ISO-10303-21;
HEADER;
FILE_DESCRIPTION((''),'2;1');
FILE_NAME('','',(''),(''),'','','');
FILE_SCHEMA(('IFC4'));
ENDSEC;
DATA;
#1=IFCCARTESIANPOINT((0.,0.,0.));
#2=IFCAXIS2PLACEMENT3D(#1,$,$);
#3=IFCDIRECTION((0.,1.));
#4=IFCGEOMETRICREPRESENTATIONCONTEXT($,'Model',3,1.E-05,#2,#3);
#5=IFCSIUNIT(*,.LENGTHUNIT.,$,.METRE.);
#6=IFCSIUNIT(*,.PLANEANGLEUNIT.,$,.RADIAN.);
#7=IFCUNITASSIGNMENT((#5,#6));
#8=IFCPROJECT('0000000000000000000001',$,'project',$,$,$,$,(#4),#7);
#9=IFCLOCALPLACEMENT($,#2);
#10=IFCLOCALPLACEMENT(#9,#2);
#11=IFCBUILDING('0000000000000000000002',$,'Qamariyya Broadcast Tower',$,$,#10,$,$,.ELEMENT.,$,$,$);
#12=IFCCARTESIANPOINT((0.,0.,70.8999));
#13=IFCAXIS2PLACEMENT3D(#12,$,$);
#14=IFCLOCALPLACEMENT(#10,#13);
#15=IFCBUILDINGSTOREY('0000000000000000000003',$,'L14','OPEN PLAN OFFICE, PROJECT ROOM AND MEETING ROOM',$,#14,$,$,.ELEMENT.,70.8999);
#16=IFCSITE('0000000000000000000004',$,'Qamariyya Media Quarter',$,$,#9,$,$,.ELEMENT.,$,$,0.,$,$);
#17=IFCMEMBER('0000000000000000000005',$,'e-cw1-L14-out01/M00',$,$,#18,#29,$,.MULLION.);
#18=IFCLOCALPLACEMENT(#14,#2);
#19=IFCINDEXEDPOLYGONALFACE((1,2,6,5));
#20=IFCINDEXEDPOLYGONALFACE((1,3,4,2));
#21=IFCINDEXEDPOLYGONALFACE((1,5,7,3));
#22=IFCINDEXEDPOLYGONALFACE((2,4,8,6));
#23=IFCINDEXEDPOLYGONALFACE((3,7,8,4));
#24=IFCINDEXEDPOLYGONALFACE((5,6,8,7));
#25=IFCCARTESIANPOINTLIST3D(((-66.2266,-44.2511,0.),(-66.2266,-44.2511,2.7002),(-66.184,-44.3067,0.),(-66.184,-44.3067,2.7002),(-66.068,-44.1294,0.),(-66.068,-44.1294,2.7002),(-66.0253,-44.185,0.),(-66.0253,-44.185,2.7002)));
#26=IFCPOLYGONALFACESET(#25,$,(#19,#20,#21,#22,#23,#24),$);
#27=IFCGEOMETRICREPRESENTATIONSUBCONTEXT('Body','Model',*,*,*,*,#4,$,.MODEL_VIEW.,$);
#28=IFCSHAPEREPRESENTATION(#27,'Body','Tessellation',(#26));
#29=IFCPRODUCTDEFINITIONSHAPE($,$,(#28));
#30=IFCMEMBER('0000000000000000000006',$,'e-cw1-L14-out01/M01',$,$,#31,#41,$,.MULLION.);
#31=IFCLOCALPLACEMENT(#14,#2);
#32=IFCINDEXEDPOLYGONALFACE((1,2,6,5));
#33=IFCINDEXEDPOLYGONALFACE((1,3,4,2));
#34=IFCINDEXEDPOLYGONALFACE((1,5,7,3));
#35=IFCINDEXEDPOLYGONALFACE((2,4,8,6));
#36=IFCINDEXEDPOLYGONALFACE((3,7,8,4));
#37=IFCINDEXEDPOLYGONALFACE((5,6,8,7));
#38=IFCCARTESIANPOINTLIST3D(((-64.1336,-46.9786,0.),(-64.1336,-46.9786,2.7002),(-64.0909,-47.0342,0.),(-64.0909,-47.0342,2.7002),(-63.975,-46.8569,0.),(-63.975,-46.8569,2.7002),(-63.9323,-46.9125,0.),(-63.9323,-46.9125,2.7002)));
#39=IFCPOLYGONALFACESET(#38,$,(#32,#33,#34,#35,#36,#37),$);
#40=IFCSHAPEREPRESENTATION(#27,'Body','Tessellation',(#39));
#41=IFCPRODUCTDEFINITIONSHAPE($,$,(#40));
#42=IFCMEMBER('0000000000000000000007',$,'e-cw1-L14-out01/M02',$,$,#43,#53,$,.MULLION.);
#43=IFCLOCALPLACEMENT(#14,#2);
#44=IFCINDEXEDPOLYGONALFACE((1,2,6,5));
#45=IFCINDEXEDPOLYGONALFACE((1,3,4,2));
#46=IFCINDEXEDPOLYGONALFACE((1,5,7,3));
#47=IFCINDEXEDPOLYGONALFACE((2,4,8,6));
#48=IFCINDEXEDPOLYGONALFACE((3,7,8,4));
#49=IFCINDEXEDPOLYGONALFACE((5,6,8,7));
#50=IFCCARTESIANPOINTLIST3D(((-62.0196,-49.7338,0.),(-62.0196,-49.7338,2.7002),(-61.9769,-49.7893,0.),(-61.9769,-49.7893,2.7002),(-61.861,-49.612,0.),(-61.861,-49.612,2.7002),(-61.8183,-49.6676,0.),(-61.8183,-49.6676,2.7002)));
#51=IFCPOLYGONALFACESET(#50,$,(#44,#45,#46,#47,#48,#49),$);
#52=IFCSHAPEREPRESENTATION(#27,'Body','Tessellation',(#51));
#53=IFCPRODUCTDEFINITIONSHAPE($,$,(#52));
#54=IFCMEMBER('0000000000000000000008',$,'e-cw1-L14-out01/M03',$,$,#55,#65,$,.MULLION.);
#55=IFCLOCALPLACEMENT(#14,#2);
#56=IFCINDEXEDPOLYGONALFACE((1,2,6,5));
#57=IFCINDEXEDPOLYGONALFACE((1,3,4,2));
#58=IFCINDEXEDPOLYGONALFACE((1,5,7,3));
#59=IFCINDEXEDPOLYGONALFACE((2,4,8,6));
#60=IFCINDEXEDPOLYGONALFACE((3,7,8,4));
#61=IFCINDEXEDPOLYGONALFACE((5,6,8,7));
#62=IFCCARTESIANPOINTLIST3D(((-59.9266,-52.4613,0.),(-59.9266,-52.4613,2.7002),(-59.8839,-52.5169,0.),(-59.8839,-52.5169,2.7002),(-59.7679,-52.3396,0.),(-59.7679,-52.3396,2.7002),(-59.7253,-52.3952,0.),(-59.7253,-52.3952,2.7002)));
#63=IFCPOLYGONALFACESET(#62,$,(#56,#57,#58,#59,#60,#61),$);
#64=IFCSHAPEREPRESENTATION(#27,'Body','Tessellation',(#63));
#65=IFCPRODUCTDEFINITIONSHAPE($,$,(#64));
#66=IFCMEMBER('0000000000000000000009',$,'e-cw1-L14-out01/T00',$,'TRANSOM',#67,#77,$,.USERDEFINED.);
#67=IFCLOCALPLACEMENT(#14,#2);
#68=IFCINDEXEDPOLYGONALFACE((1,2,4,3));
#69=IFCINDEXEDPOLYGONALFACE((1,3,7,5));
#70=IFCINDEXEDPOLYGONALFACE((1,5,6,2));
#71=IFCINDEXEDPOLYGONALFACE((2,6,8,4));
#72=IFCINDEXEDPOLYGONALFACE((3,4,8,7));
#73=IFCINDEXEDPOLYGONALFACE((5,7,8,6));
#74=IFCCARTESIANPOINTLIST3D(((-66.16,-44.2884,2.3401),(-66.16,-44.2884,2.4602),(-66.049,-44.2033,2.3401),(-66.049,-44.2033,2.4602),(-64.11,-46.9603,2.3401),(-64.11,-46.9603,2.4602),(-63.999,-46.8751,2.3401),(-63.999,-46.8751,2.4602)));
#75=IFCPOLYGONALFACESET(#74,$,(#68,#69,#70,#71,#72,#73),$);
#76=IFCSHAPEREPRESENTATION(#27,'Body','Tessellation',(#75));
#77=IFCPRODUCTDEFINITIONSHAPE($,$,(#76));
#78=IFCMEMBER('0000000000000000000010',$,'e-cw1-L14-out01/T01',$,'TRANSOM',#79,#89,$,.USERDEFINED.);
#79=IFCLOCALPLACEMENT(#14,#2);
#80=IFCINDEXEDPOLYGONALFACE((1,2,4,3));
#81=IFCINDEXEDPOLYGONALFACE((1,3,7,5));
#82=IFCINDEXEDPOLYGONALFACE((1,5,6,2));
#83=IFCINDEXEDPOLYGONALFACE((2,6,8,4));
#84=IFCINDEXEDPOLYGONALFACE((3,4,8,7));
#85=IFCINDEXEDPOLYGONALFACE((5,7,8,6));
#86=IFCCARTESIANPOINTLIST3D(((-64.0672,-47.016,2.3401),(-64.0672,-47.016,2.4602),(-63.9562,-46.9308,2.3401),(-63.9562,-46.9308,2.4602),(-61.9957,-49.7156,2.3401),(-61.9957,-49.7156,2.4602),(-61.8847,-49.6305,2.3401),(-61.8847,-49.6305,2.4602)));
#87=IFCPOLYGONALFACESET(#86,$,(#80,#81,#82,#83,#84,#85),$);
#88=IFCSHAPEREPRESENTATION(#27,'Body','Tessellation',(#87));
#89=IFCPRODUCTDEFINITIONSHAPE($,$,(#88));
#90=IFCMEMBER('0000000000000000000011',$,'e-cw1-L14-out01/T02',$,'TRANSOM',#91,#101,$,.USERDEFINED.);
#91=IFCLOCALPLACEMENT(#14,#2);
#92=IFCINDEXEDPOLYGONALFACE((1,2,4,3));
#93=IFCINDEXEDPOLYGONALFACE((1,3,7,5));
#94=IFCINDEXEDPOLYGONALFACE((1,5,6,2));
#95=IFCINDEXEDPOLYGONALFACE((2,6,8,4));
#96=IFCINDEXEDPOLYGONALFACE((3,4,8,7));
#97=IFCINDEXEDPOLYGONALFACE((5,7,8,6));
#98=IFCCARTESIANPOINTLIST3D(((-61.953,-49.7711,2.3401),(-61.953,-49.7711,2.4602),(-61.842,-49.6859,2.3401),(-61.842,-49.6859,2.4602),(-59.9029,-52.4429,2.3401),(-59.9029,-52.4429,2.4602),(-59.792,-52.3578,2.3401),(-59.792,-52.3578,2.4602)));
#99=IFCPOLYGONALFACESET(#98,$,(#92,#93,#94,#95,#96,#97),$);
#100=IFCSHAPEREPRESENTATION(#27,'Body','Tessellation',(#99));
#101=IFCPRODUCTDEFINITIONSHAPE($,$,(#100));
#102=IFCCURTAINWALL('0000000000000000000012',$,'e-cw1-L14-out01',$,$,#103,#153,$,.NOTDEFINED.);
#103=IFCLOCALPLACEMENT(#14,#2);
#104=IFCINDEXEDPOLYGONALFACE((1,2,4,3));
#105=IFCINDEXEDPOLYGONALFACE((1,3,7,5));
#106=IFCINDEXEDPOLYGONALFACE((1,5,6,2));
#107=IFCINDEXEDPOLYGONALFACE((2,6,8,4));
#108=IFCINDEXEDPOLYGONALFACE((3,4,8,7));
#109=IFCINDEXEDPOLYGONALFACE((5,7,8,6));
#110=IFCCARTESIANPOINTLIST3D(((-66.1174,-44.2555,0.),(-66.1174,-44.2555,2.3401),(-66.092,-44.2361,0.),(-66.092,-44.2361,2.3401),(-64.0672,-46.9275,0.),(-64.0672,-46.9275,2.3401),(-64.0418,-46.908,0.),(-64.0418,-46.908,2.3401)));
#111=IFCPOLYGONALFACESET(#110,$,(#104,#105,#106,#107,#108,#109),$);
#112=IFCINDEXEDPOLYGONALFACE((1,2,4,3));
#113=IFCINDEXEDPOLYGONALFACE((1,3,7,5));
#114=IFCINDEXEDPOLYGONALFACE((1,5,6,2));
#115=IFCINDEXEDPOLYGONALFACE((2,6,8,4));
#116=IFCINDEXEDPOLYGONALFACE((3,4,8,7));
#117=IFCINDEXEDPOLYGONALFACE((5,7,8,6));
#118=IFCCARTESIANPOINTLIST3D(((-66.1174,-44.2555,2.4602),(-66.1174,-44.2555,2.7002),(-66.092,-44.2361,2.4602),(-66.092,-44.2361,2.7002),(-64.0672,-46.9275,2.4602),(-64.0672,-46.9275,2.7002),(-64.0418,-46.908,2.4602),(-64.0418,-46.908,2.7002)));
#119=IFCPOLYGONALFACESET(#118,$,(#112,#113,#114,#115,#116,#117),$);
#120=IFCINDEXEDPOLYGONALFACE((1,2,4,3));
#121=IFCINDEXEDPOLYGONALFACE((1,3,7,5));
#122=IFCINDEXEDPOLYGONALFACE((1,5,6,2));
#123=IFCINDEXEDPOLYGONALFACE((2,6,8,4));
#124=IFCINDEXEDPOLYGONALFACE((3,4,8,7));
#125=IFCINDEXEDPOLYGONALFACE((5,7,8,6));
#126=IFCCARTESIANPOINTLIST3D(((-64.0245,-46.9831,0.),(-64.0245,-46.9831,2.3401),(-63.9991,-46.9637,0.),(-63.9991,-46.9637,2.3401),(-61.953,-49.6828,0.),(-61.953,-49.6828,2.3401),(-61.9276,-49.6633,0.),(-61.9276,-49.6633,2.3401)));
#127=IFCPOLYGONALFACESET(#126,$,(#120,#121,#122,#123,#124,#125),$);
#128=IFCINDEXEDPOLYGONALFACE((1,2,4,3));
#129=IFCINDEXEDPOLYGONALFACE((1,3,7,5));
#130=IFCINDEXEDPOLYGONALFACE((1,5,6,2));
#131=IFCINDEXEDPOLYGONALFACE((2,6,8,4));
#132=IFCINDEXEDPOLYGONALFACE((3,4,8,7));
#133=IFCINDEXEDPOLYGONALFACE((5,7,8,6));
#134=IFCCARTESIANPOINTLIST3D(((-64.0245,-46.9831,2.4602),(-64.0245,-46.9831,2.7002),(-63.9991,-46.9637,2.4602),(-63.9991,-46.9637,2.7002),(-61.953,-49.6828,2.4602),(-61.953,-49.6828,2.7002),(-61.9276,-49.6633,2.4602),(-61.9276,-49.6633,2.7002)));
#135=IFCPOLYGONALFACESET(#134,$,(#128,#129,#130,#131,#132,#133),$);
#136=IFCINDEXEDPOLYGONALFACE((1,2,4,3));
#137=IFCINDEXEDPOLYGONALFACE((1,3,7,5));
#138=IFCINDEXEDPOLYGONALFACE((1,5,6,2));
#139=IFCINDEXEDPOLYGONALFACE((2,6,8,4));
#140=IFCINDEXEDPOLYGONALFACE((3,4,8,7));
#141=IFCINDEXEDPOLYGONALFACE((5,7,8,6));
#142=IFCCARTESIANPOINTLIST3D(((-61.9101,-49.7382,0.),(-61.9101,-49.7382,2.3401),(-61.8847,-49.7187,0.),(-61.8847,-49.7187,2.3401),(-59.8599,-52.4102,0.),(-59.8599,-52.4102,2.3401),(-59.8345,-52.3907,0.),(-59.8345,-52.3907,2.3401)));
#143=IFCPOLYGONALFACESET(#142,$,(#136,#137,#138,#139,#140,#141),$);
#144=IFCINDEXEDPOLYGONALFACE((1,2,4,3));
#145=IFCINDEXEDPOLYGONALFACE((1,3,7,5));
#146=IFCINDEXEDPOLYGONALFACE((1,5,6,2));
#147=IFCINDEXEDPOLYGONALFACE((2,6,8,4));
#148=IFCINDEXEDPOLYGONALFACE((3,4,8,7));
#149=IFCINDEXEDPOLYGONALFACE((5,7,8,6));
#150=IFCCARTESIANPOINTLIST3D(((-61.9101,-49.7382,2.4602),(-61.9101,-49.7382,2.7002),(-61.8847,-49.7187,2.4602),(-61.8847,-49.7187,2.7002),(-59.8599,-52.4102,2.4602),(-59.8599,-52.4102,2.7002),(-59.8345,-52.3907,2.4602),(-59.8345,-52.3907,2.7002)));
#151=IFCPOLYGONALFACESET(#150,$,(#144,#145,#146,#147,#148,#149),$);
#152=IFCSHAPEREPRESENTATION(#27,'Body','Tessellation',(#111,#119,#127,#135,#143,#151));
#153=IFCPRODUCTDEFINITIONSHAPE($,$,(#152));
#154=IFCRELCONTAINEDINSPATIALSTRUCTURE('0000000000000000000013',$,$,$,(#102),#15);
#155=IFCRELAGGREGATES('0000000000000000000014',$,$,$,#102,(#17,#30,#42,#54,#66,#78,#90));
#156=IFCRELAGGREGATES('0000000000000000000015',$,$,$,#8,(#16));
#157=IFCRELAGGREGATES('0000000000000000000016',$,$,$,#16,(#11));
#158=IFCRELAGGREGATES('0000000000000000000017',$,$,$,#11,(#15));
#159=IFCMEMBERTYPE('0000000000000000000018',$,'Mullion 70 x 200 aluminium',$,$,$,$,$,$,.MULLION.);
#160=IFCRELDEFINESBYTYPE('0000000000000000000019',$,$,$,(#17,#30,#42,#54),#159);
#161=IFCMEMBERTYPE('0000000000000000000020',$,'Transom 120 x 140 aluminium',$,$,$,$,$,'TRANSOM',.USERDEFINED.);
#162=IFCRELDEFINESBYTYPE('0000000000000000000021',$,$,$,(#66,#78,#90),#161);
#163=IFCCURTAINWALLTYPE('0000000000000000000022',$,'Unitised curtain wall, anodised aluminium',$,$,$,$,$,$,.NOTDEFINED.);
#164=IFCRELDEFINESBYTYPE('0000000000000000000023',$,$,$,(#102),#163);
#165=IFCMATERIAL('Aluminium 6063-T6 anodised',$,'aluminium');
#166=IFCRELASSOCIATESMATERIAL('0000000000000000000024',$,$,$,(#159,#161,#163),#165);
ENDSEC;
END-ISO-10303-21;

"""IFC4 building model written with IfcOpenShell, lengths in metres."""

from ifc_helpers import new_model, si_unit, direction, frame, origin, origin_2d, place, context, subcontext, project, spatial, rectangle, extrude, material, material_profile, profile_set, type_object, element, aggregate, save


model = new_model("IFC4")

# Units and contexts
model_context = context("Model", 3, precision=1e-05, world=origin(), true_north=direction((0.0, 1.0)))
body_context = subcontext(model_context, "Body", "Model", "MODEL_VIEW")
ifc_project = project(units=[si_unit("LENGTHUNIT", "METRE"), si_unit("PLANEANGLEUNIT", "RADIAN")], contexts=[model_context])

# Members
ifc_material_1 = material(Name="Aluminium 6063-T6 anodised", Category="aluminium")
ifc_material_profile_1 = material_profile(ifc_material_1, rectangle(XDim=0.2, YDim=0.0701, at=origin_2d()))
ifc_profile_set_1 = profile_set([ifc_material_profile_1], Name="Aluminium 6063-T6 anodised")
member_type_1 = type_object("IfcMemberType", Name="Mullion 70 x 200 aluminium", PredefinedType="MULLION", material=ifc_profile_set_1)
site_placement = place(None, origin())
building_placement = place(site_placement, origin())
storey_placement = place(building_placement, frame((0.0, 0.0, 70.8999)))
member_1_placement = place(storey_placement, frame((-66.126, -44.218, 0.0), z_axis=(0.0, 0.0, 1.0), x_axis=(0.793353, 0.608761, 0.0)))
member_1 = element("IfcMember", 1, at=member_1_placement, type_object=member_type_1, Name="e-cw1-L14-out01/M00", PredefinedType="MULLION", context=body_context, shape_type="SweptSolid", body=[
    extrude(rectangle(XDim=0.2, YDim=0.0701, at=origin_2d()), origin(), (0.0, 0.0, 1.0), 2.7002),
])
member_2_placement = place(storey_placement, frame((-64.033, -46.9456, 0.0), z_axis=(0.0, 0.0, 1.0), x_axis=(0.793353, 0.608761, 0.0)))
member_2 = element("IfcMember", 2, at=member_2_placement, type_object=member_type_1, Name="e-cw1-L14-out01/M01", PredefinedType="MULLION", context=body_context, shape_type="SweptSolid", body=[
    extrude(rectangle(XDim=0.2, YDim=0.0701, at=origin_2d()), origin(), (0.0, 0.0, 1.0), 2.7002),
])
member_3_placement = place(storey_placement, frame((-61.9189, -49.7007, 0.0), z_axis=(0.0, 0.0, 1.0), x_axis=(0.793353, 0.608761, 0.0)))
member_3 = element("IfcMember", 3, at=member_3_placement, type_object=member_type_1, Name="e-cw1-L14-out01/M02", PredefinedType="MULLION", context=body_context, shape_type="SweptSolid", body=[
    extrude(rectangle(XDim=0.2, YDim=0.0701, at=origin_2d()), origin(), (0.0, 0.0, 1.0), 2.7002),
])
member_4_placement = place(storey_placement, frame((-59.8259, -52.4282, 0.0), z_axis=(0.0, 0.0, 1.0), x_axis=(0.793353, 0.608761, 0.0)))
member_4 = element("IfcMember", 4, at=member_4_placement, type_object=member_type_1, Name="e-cw1-L14-out01/M03", PredefinedType="MULLION", context=body_context, shape_type="SweptSolid", body=[
    extrude(rectangle(XDim=0.2, YDim=0.0701, at=origin_2d()), origin(), (0.0, 0.0, 1.0), 2.7002),
])
ifc_material_profile_2 = material_profile(ifc_material_1, rectangle(XDim=0.1399, YDim=0.1201, at=origin_2d()))
ifc_profile_set_2 = profile_set([ifc_material_profile_2], Name="Aluminium 6063-T6 anodised")
member_type_2 = type_object("IfcMemberType", Name="Transom 120 x 140 aluminium", ElementType="TRANSOM", PredefinedType="USERDEFINED", material=ifc_profile_set_2)
member_5_placement = place(storey_placement, frame((-66.1045, -44.2458, 2.4001), z_axis=(0.608733, -0.793375, 0.0), x_axis=(0.793375, 0.608733, 0.0)))
member_5 = element("IfcMember", 5, at=member_5_placement, type_object=member_type_2, Name="e-cw1-L14-out01/T00", ObjectType="TRANSOM", PredefinedType="USERDEFINED", context=body_context, shape_type="SweptSolid", body=[
    extrude(rectangle(XDim=0.1399, YDim=0.1201, at=origin_2d()), origin(), (0.0, 0.0, 1.0), 3.3677),
])
member_6_placement = place(storey_placement, frame((-64.0117, -46.9734, 2.4001), z_axis=(0.608757, -0.793357, 0.0), x_axis=(0.793357, 0.608757, 0.0)))
member_6 = element("IfcMember", 6, at=member_6_placement, type_object=member_type_2, Name="e-cw1-L14-out01/T01", ObjectType="TRANSOM", PredefinedType="USERDEFINED", context=body_context, shape_type="SweptSolid", body=[
    extrude(rectangle(XDim=0.1399, YDim=0.1201, at=origin_2d()), origin(), (0.0, 0.0, 1.0), 3.4028),
])
member_7_placement = place(storey_placement, frame((-61.8975, -49.7285, 2.4001), z_axis=(0.608733, -0.793375, 0.0), x_axis=(0.793375, 0.608733, 0.0)))
member_7 = element("IfcMember", 7, at=member_7_placement, type_object=member_type_2, Name="e-cw1-L14-out01/T02", ObjectType="TRANSOM", PredefinedType="USERDEFINED", context=body_context, shape_type="SweptSolid", body=[
    extrude(rectangle(XDim=0.1399, YDim=0.1201, at=origin_2d()), origin(), (0.0, 0.0, 1.0), 3.3677),
])

# Site, building, storey
site = spatial("IfcSite", under=ifc_project, at=site_placement, Name="Qamariyya Media Quarter", CompositionType="ELEMENT", RefElevation=0.0)
building = spatial("IfcBuilding", under=site, at=building_placement, Name="Qamariyya Broadcast Tower", CompositionType="ELEMENT")
storey = spatial("IfcBuildingStorey", under=building, at=storey_placement, Name="L14", Description="OPEN PLAN OFFICE, PROJECT ROOM AND MEETING ROOM", CompositionType="ELEMENT", Elevation=70.8999)

# Curtain wall
curtain_wall_type = type_object("IfcCurtainWallType", Name="Unitised curtain wall, anodised aluminium", PredefinedType="NOTDEFINED", material=ifc_material_1)
curtain_wall_1_placement = place(storey_placement, origin())
curtain_wall_1 = element("IfcCurtainWall", 8, at=curtain_wall_1_placement, inside=storey, type_object=curtain_wall_type, Name="e-cw1-L14-out01", PredefinedType="NOTDEFINED", context=body_context, shape_type="SweptSolid", body=[
    extrude(rectangle(XDim=3.3679, YDim=0.032, at=origin_2d()), frame((-65.0796, -45.5818, 0.0), x_axis=(0.608756, -0.793358, 0.0)), (0.0, 0.0, 1.0), 2.3401),
    extrude(rectangle(XDim=3.3679, YDim=0.032, at=origin_2d()), frame((-65.0796, -45.5818, 2.4602), x_axis=(0.608756, -0.793358, 0.0)), (0.0, 0.0, 1.0), 0.24),
    extrude(rectangle(XDim=3.4028, YDim=0.032, at=origin_2d()), frame((-62.9761, -48.3232, 0.0), x_axis=(0.608756, -0.793358, 0.0)), (0.0, 0.0, 1.0), 2.3401),
    extrude(rectangle(XDim=3.4028, YDim=0.032, at=origin_2d()), frame((-62.9761, -48.3232, 2.4602), x_axis=(0.608756, -0.793358, 0.0)), (0.0, 0.0, 1.0), 0.24),
    extrude(rectangle(XDim=3.3679, YDim=0.032, at=origin_2d()), frame((-60.8723, -51.0645, 0.0), x_axis=(0.608756, -0.793358, 0.0)), (0.0, 0.0, 1.0), 2.3401),
    extrude(rectangle(XDim=3.3679, YDim=0.032, at=origin_2d()), frame((-60.8723, -51.0645, 2.4602), x_axis=(0.608756, -0.793358, 0.0)), (0.0, 0.0, 1.0), 0.24),
])
aggregate(curtain_wall_1, [member_1, member_2, member_3, member_4, member_5, member_6, member_7])

save(model, "model.ifc")
